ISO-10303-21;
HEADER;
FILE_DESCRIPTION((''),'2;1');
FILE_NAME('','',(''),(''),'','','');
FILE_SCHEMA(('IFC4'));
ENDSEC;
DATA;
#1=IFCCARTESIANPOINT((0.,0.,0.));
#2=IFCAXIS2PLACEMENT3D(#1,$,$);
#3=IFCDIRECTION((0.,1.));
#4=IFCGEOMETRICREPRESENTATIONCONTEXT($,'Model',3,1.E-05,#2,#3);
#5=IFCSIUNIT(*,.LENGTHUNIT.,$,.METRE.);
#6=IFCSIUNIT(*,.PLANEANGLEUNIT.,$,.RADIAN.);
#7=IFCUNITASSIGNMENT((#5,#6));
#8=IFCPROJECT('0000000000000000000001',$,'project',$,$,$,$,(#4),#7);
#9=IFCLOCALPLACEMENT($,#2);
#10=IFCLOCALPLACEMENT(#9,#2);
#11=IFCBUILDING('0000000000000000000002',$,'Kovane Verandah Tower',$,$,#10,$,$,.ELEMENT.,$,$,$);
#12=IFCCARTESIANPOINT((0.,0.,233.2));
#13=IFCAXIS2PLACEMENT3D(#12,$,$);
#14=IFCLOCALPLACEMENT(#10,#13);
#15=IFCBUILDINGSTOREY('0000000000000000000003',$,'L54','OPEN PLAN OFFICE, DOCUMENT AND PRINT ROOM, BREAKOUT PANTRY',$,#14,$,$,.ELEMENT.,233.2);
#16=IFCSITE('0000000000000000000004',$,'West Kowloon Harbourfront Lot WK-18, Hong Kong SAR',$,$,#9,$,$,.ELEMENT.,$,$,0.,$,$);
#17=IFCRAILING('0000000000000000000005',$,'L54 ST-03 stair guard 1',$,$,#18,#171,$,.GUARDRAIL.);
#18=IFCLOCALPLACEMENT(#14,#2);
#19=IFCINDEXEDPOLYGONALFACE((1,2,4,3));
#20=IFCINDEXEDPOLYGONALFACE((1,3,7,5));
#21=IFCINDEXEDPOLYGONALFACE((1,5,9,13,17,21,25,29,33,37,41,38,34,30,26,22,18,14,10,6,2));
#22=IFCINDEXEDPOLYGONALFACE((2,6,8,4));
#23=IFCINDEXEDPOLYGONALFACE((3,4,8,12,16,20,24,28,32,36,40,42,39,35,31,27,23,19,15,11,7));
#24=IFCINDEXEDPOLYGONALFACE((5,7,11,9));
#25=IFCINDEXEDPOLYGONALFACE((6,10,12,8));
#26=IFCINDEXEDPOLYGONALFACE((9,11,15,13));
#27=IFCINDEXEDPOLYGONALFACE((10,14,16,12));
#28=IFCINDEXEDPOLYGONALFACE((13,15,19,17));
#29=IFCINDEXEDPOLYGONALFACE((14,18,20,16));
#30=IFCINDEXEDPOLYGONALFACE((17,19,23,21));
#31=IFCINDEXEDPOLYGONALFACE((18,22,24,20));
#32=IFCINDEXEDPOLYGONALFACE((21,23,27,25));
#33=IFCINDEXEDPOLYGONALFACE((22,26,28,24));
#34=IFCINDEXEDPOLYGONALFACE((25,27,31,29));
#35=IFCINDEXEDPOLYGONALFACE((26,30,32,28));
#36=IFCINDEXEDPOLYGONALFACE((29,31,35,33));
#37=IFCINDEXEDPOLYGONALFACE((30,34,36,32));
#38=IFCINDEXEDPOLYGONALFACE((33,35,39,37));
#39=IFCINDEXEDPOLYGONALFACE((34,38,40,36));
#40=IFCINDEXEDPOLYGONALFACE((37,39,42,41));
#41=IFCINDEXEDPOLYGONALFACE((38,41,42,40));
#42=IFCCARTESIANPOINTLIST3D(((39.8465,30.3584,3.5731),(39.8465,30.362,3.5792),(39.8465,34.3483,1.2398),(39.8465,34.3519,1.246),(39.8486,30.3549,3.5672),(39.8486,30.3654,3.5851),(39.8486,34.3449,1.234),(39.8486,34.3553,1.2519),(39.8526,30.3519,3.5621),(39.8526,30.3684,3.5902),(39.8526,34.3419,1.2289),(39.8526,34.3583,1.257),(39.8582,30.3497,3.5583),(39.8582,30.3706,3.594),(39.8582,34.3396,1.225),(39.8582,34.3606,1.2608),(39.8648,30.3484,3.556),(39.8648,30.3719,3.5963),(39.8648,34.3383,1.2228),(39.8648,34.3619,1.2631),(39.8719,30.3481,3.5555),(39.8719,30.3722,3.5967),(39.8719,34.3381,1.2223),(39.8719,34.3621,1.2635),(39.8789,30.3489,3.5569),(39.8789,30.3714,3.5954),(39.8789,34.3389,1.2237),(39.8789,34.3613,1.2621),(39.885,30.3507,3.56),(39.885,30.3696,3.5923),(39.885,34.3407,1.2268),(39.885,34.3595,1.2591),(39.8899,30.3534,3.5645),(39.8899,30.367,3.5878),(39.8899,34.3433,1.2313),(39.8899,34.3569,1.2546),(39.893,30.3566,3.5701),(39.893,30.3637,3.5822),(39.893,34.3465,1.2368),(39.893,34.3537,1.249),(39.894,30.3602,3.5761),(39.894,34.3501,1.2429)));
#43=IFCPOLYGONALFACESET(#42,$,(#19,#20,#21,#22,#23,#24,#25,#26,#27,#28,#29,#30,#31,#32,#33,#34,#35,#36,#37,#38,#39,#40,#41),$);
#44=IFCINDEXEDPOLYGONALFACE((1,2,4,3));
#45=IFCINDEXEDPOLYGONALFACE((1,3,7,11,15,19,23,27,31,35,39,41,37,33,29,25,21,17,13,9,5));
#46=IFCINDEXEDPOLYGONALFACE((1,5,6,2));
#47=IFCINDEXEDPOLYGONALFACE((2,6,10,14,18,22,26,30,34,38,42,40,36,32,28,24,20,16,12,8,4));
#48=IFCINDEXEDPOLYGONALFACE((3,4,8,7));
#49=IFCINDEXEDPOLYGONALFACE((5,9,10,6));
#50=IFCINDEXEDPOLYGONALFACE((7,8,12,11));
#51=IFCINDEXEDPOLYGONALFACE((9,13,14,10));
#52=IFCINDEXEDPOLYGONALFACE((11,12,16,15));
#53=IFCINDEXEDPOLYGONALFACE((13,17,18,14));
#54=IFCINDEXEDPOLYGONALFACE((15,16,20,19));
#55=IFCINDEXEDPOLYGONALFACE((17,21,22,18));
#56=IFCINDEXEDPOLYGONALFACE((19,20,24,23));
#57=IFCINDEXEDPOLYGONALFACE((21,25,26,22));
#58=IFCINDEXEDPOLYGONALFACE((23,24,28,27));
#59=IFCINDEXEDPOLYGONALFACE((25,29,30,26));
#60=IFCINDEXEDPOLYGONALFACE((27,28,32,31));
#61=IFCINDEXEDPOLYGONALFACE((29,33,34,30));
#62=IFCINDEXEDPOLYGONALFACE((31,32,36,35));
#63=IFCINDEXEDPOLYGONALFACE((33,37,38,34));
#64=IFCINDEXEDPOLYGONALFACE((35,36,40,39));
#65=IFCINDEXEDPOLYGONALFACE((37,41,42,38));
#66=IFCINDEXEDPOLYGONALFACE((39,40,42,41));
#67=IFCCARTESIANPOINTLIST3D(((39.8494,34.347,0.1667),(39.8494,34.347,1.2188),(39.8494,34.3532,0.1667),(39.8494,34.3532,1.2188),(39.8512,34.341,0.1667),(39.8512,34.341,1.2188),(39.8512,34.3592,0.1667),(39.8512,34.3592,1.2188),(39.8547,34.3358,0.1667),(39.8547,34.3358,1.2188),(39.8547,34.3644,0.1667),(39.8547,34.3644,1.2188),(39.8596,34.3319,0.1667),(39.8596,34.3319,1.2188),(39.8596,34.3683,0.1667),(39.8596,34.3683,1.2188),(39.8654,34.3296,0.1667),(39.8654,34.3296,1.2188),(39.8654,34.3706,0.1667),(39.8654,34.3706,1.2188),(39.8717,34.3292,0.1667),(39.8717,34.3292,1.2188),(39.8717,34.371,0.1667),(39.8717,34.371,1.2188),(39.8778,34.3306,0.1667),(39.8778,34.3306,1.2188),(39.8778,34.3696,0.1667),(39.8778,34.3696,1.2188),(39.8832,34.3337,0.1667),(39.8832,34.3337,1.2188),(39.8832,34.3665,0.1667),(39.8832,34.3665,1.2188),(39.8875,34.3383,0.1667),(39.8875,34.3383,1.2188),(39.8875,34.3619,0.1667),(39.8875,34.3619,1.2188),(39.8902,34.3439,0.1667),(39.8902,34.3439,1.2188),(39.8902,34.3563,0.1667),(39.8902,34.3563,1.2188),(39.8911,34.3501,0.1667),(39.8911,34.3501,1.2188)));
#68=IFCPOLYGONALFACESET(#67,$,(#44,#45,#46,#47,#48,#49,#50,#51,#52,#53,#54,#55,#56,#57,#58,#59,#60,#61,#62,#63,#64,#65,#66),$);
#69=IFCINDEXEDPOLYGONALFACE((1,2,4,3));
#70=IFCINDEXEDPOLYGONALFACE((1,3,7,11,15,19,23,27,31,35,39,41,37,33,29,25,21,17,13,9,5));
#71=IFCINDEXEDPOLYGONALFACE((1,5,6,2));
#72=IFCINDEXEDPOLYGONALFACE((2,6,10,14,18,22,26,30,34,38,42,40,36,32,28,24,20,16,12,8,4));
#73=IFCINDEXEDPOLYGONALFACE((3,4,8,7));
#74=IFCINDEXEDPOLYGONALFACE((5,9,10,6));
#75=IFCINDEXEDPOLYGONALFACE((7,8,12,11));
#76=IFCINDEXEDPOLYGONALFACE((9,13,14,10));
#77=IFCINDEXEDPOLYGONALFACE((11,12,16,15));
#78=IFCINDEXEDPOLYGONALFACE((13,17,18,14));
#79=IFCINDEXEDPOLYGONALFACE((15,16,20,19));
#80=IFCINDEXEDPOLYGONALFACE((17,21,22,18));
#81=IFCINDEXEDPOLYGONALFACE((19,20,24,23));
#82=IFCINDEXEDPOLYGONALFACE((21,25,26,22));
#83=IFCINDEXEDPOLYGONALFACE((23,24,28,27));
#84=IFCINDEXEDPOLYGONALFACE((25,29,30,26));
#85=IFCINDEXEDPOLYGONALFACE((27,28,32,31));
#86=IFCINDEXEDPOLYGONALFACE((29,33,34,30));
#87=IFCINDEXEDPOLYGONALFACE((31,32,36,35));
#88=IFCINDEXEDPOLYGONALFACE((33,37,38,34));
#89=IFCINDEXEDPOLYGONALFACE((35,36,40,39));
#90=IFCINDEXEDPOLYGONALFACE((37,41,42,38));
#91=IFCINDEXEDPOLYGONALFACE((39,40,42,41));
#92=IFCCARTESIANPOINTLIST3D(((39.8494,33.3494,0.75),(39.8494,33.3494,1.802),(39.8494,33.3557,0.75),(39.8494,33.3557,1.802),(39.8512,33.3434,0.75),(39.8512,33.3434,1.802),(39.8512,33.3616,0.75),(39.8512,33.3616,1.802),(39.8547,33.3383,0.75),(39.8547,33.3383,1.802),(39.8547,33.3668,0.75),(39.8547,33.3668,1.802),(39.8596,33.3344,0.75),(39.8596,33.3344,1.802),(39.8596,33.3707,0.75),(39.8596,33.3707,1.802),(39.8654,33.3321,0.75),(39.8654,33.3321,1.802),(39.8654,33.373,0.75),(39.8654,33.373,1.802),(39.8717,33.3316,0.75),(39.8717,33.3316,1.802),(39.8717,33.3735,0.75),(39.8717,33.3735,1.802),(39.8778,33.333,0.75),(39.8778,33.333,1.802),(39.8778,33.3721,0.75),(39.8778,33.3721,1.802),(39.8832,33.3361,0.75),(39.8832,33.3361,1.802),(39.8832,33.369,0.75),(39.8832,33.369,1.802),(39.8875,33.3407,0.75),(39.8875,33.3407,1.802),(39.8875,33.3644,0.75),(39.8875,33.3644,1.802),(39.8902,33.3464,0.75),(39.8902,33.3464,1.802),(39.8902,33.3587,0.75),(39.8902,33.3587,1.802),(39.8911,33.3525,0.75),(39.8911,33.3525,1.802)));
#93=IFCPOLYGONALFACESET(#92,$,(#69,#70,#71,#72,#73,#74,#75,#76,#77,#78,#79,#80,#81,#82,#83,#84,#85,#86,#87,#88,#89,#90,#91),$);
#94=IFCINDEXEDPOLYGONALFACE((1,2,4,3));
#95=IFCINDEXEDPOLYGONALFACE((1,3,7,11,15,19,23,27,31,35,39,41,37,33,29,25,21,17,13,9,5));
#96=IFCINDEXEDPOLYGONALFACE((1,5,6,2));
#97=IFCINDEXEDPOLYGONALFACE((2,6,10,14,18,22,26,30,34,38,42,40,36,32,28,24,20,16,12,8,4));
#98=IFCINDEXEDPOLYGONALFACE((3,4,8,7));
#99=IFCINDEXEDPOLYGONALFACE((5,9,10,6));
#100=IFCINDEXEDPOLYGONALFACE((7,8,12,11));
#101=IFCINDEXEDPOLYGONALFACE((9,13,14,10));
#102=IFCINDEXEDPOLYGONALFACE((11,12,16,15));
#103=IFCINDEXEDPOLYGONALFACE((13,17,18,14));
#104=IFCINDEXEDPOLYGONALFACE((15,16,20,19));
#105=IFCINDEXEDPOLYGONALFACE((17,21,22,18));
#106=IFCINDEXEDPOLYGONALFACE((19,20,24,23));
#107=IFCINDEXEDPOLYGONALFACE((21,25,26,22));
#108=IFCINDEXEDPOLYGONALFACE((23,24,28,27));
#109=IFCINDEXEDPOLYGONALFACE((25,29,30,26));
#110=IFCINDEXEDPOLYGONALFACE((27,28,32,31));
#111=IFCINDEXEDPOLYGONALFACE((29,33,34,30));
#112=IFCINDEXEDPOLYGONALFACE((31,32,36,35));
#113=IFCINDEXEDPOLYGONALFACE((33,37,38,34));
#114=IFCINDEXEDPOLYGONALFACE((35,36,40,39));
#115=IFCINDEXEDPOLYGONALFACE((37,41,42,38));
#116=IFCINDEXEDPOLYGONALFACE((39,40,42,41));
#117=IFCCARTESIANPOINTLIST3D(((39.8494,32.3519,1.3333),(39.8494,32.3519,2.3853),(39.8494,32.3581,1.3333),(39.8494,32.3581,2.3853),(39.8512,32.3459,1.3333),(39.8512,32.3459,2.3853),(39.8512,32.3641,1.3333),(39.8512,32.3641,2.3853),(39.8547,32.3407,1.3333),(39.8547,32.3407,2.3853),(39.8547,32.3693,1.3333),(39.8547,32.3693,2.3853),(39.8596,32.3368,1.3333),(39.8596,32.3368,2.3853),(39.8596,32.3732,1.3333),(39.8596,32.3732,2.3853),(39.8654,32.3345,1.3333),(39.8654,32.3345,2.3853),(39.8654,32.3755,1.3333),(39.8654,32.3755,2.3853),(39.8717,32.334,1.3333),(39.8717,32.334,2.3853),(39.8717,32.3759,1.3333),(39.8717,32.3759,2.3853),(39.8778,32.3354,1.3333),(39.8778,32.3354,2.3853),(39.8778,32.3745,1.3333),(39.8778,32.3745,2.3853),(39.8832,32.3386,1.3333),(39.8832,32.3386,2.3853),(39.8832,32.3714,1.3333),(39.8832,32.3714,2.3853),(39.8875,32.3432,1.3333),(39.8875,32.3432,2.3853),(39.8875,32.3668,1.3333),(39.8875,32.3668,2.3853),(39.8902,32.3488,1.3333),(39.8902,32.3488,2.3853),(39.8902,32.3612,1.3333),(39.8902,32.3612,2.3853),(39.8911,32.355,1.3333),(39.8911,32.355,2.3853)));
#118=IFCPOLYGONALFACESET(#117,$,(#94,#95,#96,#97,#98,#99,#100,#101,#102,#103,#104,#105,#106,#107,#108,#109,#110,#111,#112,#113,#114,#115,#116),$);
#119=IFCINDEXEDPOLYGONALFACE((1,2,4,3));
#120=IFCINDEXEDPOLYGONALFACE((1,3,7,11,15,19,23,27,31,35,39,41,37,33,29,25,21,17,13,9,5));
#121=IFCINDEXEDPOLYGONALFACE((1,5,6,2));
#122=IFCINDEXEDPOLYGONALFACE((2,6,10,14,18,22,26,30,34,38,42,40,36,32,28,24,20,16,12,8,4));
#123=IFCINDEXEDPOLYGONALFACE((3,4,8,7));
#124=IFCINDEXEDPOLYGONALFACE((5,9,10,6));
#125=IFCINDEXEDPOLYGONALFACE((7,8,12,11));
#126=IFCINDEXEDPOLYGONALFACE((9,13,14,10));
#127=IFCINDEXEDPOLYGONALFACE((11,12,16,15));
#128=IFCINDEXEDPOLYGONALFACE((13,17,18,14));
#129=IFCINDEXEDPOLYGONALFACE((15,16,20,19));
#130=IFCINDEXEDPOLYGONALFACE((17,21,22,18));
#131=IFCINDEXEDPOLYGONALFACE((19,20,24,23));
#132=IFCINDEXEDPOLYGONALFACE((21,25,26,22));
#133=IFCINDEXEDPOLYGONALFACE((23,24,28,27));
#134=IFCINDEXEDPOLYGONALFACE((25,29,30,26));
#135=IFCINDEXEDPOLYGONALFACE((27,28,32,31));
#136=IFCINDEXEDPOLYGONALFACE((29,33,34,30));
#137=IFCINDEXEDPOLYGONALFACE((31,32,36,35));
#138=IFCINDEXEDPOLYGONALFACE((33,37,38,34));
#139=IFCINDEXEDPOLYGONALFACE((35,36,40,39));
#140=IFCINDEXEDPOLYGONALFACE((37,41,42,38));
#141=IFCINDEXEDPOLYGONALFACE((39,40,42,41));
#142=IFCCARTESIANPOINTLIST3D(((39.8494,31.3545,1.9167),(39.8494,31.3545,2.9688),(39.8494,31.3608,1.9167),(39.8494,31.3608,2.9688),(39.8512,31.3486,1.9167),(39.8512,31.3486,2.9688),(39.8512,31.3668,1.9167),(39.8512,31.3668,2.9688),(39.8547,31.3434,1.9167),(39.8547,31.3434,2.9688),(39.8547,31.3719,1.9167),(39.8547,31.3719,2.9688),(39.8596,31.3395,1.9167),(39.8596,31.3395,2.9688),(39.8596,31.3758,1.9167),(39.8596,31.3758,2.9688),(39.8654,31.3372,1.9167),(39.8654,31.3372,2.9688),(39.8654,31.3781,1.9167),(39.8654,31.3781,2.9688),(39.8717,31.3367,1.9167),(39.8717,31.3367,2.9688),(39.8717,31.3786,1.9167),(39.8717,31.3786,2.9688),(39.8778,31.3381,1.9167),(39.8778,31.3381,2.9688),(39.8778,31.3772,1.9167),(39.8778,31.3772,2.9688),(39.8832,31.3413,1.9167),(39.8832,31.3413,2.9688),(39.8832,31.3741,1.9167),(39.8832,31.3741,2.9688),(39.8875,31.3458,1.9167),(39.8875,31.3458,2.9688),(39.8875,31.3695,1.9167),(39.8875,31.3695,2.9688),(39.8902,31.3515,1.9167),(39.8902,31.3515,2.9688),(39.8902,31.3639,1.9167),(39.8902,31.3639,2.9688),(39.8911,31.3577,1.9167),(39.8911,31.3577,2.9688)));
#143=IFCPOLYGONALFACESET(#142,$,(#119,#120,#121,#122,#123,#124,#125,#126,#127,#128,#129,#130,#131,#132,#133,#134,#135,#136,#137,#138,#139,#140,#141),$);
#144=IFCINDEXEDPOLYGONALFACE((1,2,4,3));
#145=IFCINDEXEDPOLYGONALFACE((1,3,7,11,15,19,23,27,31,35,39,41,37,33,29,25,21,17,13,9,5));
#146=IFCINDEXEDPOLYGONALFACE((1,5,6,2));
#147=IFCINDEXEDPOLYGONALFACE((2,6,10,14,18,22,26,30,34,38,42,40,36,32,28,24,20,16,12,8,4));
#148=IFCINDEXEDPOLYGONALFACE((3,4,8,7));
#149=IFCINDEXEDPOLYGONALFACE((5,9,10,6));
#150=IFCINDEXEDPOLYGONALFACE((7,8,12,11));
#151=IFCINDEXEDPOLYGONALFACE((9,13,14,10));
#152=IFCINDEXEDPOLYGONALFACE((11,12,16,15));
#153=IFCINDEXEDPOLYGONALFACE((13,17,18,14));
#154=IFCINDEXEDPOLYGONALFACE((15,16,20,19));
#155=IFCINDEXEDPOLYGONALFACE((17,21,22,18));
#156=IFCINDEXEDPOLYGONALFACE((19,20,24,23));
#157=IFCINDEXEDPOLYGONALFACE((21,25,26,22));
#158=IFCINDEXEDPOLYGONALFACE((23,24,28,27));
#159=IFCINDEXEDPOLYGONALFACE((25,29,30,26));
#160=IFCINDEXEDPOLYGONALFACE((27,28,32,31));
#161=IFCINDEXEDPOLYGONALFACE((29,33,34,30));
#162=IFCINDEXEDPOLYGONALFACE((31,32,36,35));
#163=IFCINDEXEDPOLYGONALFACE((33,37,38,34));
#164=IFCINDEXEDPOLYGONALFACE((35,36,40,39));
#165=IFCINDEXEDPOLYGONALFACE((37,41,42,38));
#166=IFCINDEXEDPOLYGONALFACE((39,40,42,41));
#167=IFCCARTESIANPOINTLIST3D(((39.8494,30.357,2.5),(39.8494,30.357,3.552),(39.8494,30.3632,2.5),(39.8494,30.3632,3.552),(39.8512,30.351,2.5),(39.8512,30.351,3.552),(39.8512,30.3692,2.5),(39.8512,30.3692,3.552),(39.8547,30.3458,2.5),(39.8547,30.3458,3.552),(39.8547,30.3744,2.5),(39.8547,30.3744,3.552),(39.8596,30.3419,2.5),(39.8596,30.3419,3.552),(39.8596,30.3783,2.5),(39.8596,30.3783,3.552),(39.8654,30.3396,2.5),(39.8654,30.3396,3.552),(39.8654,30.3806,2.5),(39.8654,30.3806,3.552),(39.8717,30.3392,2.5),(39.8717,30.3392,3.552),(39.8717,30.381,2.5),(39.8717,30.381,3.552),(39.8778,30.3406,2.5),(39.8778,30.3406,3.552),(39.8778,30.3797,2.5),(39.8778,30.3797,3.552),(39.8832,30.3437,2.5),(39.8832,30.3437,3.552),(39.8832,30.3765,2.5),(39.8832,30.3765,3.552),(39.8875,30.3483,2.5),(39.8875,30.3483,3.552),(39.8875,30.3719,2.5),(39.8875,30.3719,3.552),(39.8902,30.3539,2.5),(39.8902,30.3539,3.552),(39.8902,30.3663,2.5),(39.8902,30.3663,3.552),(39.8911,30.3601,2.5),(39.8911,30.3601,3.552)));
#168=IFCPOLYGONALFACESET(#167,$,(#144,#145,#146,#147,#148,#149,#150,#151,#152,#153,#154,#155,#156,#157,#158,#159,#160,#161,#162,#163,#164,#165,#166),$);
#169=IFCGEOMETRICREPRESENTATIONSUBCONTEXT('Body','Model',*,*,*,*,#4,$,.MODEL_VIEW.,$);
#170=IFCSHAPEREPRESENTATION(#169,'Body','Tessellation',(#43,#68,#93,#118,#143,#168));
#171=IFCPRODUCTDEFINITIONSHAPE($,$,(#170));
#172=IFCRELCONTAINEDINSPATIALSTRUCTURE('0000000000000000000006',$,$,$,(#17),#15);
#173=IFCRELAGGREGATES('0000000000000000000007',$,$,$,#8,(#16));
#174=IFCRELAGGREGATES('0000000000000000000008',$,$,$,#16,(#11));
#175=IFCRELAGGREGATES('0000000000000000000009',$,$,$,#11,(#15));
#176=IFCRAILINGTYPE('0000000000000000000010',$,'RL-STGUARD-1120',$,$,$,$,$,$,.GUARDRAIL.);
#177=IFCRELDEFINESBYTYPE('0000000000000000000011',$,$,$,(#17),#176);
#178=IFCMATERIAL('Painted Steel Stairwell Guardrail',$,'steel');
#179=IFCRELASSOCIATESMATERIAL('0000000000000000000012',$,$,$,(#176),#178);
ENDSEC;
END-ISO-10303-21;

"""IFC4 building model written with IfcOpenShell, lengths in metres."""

from ifc_helpers import new_model, si_unit, direction, frame, origin, origin_2d, place, context, subcontext, project, spatial, circle, extrude, material, type_object, element, save


model = new_model("IFC4")

# Units and contexts
model_context = context("Model", 3, precision=1e-05, world=origin(), true_north=direction((0.0, 1.0)))
body_context = subcontext(model_context, "Body", "Model", "MODEL_VIEW")
ifc_project = project(units=[si_unit("LENGTHUNIT", "METRE"), si_unit("PLANEANGLEUNIT", "RADIAN")], contexts=[model_context])

# Site, building, storey
site_placement = place(None, origin())
site = spatial("IfcSite", under=ifc_project, at=site_placement, Name="West Kowloon Harbourfront Lot WK-18, Hong Kong SAR", CompositionType="ELEMENT", RefElevation=0.0)
building_placement = place(site_placement, origin())
building = spatial("IfcBuilding", under=site, at=building_placement, Name="Kovane Verandah Tower", CompositionType="ELEMENT")
storey_placement = place(building_placement, frame((0.0, 0.0, 233.2)))
storey = spatial("IfcBuildingStorey", under=building, at=storey_placement, Name="L54", Description="OPEN PLAN OFFICE, DOCUMENT AND PRINT ROOM, BREAKOUT PANTRY", CompositionType="ELEMENT", Elevation=233.2)

# Railing
ifc_material_1 = material(Name="Painted Steel Stairwell Guardrail", Category="steel")
railing_type_1 = type_object("IfcRailingType", Name="RL-STGUARD-1120", PredefinedType="GUARDRAIL", material=ifc_material_1)
for number, where, name in (
    (1, (39.8701, 34.3501, 0.1667), "L54 ST-03 stair guard 1"),
):
    element("IfcRailing", number, at=place(storey_placement, frame(where)), inside=storey, type_object=railing_type_1, Name=name, PredefinedType="GUARDRAIL", context=body_context, shape_type="SweptSolid", body=[
        extrude(circle(Radius=0.0239, at=origin_2d()), frame((0.0, 0.0, 1.0762), z_axis=(0.0, -0.863236, 0.5048), x_axis=(1.0, 0.0, 0.0)), (0.0, 0.0, 1.0), 4.6221),
        extrude(circle(Radius=0.021, at=origin_2d()), origin(), (0.0, 0.0, 1.0), 1.052),
        extrude(circle(Radius=0.021, at=origin_2d()), frame((0.0, -0.9976, 0.5833)), (0.0, 0.0, 1.0), 1.052),
        extrude(circle(Radius=0.021, at=origin_2d()), frame((0.0, -1.9951, 1.1665)), (0.0, 0.0, 1.0), 1.052),
        extrude(circle(Radius=0.021, at=origin_2d()), frame((0.0, -2.9924, 1.75)), (0.0, 0.0, 1.0), 1.052),
        extrude(circle(Radius=0.021, at=origin_2d()), frame((0.0, -3.99, 2.3333)), (0.0, 0.0, 1.0), 1.052),
    ])

save(model, "model.ifc")
